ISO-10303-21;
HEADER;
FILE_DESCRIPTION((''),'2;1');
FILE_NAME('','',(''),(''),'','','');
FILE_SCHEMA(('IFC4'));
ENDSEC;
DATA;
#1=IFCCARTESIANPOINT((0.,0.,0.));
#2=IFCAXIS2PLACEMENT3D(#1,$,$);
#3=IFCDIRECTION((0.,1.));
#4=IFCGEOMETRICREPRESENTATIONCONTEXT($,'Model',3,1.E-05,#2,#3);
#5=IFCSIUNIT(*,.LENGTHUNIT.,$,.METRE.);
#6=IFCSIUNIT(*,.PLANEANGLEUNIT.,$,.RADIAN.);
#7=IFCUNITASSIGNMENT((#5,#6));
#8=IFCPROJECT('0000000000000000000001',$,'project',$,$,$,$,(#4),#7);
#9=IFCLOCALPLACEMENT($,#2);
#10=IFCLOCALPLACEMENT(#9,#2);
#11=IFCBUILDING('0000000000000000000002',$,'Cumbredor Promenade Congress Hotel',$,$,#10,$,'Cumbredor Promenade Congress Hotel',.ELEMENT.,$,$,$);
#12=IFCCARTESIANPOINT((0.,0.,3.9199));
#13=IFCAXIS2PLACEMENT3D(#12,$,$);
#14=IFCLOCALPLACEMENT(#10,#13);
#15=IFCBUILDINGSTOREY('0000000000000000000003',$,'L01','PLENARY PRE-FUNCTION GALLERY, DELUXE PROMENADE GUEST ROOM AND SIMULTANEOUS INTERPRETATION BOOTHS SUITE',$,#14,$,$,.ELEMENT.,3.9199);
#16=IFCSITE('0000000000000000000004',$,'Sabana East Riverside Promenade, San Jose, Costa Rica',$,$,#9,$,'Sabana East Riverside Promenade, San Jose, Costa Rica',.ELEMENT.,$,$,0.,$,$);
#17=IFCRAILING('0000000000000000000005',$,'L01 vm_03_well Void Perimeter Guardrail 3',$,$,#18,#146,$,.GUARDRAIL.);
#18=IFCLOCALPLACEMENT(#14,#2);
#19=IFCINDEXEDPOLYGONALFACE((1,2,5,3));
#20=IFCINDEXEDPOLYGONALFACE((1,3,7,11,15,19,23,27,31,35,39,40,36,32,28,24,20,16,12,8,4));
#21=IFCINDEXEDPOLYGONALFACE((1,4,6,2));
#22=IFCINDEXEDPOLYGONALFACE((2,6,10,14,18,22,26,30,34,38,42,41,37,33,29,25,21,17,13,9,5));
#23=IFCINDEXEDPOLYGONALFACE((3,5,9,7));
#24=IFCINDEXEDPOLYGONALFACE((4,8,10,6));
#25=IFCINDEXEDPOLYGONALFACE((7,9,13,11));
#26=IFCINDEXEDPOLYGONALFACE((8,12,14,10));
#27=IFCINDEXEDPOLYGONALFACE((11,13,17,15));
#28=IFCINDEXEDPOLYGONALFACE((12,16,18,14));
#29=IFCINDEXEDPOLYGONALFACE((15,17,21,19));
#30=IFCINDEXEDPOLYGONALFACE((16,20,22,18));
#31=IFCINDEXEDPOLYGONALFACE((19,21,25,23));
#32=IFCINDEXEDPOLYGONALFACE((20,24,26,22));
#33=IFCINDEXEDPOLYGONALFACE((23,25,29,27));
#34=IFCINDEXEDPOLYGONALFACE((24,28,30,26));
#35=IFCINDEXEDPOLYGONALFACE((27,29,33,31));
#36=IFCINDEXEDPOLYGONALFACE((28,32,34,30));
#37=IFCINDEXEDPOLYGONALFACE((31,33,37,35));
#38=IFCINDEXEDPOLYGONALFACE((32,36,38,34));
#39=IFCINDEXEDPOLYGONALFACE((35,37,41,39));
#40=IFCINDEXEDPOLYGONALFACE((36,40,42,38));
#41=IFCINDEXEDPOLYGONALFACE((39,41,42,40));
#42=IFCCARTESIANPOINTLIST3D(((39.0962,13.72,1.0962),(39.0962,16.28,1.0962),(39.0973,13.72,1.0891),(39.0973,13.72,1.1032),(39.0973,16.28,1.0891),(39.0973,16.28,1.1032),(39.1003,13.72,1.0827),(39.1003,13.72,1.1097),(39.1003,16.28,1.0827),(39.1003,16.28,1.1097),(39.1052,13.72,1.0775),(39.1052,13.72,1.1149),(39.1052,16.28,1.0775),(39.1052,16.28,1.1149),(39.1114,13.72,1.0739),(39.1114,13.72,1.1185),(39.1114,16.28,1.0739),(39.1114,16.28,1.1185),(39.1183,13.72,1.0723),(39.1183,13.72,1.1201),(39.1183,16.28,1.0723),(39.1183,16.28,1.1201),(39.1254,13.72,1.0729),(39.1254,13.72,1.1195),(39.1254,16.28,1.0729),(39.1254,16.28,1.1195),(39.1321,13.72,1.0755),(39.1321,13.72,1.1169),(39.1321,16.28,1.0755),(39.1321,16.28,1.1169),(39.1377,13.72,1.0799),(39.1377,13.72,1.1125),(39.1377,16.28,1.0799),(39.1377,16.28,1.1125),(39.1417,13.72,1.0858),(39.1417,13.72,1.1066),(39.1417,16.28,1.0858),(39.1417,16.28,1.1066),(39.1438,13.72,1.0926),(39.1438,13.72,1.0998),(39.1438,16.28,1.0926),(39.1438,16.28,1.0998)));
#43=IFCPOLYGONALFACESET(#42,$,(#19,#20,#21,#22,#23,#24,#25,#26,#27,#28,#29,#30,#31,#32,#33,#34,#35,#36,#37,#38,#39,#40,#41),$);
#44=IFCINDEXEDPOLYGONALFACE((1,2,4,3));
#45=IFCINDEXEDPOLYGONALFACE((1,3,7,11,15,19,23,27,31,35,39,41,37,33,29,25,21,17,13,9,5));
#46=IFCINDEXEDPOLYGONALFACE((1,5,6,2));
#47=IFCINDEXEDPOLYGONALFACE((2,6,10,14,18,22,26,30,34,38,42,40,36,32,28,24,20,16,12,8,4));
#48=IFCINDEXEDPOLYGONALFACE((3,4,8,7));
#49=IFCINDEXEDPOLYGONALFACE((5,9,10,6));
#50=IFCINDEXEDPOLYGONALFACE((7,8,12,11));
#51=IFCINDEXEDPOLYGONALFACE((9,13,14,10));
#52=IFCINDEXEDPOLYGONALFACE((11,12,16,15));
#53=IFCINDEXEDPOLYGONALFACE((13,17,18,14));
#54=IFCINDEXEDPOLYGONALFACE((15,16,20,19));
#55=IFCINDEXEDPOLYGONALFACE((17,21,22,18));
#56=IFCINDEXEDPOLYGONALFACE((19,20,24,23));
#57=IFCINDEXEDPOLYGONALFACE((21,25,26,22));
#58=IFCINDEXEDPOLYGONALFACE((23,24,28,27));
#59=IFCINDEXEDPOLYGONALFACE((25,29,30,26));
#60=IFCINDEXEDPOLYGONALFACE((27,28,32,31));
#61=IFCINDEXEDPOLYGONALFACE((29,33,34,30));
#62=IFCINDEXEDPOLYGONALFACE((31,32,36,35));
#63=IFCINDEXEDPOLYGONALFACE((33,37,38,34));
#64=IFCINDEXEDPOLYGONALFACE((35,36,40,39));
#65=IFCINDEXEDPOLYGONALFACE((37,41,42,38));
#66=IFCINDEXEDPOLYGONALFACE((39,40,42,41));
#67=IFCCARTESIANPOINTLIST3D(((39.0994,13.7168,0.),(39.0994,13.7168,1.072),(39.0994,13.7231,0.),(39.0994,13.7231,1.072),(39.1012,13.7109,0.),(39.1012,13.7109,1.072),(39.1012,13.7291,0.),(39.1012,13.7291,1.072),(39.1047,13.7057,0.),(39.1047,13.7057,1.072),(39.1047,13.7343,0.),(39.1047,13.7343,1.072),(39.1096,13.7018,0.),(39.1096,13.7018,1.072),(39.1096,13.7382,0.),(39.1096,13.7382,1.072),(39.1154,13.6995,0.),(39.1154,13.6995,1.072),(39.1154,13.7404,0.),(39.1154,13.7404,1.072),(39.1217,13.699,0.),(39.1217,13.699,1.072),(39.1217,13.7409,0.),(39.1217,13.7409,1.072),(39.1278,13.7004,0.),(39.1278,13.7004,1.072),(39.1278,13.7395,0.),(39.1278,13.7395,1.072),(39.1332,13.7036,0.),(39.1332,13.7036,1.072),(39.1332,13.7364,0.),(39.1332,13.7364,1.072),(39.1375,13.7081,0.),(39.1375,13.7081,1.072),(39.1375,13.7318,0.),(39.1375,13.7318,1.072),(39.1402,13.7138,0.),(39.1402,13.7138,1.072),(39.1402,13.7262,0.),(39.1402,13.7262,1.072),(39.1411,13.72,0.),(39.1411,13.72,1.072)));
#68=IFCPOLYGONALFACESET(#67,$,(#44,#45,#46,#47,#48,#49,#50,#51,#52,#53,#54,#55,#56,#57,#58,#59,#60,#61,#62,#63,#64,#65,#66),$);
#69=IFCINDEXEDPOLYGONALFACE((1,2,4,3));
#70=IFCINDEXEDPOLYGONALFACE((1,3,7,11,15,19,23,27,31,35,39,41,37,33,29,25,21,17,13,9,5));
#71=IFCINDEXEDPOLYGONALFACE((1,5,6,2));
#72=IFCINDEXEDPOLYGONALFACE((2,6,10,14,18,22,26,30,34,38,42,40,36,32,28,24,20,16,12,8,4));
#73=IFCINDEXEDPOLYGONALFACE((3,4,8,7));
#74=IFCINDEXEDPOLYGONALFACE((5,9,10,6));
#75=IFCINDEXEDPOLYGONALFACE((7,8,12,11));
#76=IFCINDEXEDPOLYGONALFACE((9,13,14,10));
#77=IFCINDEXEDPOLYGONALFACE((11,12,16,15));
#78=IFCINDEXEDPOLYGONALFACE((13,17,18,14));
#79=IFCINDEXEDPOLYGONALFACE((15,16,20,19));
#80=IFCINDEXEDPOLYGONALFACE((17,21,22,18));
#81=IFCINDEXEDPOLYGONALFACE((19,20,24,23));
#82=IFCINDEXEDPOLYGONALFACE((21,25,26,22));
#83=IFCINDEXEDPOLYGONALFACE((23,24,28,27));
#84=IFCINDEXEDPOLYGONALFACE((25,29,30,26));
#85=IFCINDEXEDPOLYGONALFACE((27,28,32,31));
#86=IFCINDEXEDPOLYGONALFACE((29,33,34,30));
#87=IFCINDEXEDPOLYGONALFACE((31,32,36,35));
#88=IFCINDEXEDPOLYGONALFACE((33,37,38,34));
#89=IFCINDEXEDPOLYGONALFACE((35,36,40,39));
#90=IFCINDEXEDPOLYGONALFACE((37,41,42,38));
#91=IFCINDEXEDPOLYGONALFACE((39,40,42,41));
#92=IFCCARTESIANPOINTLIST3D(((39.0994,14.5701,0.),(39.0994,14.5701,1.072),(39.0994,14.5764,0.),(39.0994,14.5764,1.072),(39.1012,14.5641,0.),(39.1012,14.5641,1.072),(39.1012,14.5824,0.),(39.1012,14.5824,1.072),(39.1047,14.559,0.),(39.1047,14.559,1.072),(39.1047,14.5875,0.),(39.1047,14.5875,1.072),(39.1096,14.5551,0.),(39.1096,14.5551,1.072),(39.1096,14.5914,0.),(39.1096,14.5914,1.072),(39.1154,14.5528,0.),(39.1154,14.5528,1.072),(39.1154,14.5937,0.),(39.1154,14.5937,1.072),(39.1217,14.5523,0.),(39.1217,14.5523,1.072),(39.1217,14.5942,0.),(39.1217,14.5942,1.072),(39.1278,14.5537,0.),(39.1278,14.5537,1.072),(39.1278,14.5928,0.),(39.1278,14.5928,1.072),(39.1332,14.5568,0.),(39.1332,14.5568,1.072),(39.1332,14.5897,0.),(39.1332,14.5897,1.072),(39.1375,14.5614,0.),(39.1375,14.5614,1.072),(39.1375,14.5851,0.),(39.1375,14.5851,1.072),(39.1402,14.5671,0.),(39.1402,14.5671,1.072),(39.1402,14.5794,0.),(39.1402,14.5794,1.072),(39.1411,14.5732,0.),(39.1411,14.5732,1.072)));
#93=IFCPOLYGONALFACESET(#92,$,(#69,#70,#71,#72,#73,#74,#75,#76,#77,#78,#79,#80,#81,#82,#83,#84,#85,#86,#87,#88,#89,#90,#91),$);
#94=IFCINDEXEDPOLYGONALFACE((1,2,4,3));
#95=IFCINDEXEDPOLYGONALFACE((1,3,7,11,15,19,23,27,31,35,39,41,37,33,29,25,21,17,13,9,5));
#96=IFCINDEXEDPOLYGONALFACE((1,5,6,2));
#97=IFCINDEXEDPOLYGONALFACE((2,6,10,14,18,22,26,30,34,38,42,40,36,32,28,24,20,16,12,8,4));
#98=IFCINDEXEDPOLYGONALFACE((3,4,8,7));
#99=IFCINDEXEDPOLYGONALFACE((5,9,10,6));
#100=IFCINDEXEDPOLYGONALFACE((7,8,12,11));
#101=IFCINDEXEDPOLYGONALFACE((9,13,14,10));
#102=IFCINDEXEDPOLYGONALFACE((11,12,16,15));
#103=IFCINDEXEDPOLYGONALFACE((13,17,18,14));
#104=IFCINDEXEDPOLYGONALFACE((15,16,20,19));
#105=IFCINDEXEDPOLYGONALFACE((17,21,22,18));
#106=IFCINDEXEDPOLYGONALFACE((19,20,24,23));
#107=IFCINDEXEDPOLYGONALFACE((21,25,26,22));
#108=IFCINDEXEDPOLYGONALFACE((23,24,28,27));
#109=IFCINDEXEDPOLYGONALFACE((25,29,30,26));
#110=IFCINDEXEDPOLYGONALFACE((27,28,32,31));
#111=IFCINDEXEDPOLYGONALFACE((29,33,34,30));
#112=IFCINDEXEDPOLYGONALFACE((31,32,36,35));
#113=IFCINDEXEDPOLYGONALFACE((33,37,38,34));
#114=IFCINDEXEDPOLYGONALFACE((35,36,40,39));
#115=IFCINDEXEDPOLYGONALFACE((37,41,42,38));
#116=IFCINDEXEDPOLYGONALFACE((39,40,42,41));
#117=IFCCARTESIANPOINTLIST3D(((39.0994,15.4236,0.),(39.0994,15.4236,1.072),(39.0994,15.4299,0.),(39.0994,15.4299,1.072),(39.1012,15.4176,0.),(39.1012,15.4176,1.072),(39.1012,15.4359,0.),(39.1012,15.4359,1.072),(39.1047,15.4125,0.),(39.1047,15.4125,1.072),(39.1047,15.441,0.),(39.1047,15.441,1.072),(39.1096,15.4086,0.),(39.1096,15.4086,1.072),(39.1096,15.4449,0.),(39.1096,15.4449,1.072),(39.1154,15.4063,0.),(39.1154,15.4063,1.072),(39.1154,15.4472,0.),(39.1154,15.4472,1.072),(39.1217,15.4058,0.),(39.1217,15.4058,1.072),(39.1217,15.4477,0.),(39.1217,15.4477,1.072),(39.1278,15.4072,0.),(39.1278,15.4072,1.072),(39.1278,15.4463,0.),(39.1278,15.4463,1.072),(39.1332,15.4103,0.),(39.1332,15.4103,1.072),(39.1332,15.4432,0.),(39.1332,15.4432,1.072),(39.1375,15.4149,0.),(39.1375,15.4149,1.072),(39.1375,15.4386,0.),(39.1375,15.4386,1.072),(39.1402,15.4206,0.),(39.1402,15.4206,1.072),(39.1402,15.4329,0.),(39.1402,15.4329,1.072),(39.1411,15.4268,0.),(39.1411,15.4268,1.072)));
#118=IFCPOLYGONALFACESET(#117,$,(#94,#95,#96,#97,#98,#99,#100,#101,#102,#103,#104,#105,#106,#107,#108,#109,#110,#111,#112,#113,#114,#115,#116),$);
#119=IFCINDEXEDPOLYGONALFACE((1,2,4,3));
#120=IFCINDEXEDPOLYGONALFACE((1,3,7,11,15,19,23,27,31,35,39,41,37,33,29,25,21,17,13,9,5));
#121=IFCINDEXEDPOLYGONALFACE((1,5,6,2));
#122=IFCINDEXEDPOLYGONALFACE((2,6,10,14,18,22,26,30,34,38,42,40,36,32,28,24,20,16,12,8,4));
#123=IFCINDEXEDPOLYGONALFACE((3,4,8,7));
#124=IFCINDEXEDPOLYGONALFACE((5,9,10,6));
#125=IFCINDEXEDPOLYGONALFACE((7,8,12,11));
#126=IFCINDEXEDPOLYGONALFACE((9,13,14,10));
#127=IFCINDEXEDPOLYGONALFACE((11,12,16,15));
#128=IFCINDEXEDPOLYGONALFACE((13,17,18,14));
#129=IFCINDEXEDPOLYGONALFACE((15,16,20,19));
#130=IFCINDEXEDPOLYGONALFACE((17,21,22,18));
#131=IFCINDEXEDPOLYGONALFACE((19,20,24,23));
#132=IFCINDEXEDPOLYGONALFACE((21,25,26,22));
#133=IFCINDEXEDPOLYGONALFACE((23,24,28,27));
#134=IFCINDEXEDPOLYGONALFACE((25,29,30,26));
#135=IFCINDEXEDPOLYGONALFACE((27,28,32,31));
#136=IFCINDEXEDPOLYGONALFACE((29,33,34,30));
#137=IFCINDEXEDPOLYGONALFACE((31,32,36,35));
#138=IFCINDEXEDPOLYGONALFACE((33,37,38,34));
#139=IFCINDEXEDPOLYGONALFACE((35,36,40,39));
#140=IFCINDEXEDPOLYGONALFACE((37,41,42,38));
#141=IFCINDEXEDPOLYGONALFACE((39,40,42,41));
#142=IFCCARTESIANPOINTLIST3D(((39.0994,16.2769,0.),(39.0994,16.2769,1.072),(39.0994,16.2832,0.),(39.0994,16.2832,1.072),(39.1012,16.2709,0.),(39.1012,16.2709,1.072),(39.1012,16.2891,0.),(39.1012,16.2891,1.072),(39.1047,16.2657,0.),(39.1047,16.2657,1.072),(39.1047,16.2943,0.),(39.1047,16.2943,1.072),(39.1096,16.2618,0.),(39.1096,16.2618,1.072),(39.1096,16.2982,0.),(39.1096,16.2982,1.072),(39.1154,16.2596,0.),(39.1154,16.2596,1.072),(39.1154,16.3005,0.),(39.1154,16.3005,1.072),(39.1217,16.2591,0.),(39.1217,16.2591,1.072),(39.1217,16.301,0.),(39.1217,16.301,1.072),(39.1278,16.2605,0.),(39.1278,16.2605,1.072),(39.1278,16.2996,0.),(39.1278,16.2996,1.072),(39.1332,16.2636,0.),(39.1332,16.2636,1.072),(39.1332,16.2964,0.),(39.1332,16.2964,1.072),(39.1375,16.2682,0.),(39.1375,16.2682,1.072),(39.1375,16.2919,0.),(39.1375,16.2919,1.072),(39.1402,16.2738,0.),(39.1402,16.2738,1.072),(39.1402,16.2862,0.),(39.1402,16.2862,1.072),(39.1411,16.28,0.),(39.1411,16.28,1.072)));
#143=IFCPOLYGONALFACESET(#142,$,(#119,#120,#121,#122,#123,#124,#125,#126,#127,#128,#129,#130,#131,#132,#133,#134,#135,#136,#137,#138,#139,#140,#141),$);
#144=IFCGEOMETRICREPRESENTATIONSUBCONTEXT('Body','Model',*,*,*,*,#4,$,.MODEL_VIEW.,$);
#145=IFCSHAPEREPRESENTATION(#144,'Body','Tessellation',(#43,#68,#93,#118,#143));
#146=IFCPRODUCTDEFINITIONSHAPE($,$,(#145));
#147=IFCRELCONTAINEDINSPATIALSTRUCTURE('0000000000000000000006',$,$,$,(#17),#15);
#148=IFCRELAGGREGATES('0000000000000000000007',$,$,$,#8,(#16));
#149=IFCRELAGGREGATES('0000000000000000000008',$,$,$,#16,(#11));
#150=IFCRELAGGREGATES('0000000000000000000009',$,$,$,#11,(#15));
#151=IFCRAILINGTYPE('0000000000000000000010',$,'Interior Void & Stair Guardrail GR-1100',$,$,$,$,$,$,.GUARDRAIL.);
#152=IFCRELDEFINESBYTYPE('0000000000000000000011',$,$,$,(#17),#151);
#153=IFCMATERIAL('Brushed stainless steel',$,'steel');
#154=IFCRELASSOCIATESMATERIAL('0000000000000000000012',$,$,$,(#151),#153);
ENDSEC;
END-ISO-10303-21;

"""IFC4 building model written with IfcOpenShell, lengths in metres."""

from ifc_helpers import new_model, si_unit, direction, frame, origin, origin_2d, place, context, subcontext, project, spatial, circle, extrude, material, type_object, element, save


model = new_model("IFC4")

# Units and contexts
model_context = context("Model", 3, precision=1e-05, world=origin(), true_north=direction((0.0, 1.0)))
body_context = subcontext(model_context, "Body", "Model", "MODEL_VIEW")
ifc_project = project(units=[si_unit("LENGTHUNIT", "METRE"), si_unit("PLANEANGLEUNIT", "RADIAN")], contexts=[model_context])

# Site, building, storey
site_placement = place(None, origin())
site = spatial("IfcSite", under=ifc_project, at=site_placement, Name="Sabana East Riverside Promenade, San Jose, Costa Rica", LongName="Sabana East Riverside Promenade, San Jose, Costa Rica", CompositionType="ELEMENT", RefElevation=0.0)
building_placement = place(site_placement, origin())
building = spatial("IfcBuilding", under=site, at=building_placement, Name="Cumbredor Promenade Congress Hotel", LongName="Cumbredor Promenade Congress Hotel", CompositionType="ELEMENT")
storey_placement = place(building_placement, frame((0.0, 0.0, 3.9199)))
storey = spatial("IfcBuildingStorey", under=building, at=storey_placement, Name="L01", Description="PLENARY PRE-FUNCTION GALLERY, DELUXE PROMENADE GUEST ROOM AND SIMULTANEOUS INTERPRETATION BOOTHS SUITE", CompositionType="ELEMENT", Elevation=3.9199)

# Shared definitions
ifc_material_1 = material(Name="Brushed stainless steel", Category="steel")

# Railing
railing_type_1 = type_object("IfcRailingType", Name="Interior Void & Stair Guardrail GR-1100", PredefinedType="GUARDRAIL", material=ifc_material_1)
railing_1_placement = place(storey_placement, frame((39.1201, 13.72, 0.0)))
element("IfcRailing", 1, at=railing_1_placement, inside=storey, type_object=railing_type_1, Name="L01 vm_03_well Void Perimeter Guardrail 3", PredefinedType="GUARDRAIL", context=body_context, shape_type="SweptSolid", body=[
    extrude(circle(Radius=0.0239, at=origin_2d()), frame((0.0, 0.0, 1.0962), z_axis=(0.0, 1.0, 0.0), x_axis=(-1.0, 0.0, 0.0)), (0.0, 0.0, 1.0), 2.5601),
    extrude(circle(Radius=0.021, at=origin_2d()), origin(), (0.0, 0.0, 1.0), 1.072),
    extrude(circle(Radius=0.021, at=origin_2d()), frame((0.0, 0.8533, 0.0)), (0.0, 0.0, 1.0), 1.072),
    extrude(circle(Radius=0.021, at=origin_2d()), frame((0.0, 1.7068, 0.0)), (0.0, 0.0, 1.0), 1.072),
    extrude(circle(Radius=0.021, at=origin_2d()), frame((0.0, 2.5601, 0.0)), (0.0, 0.0, 1.0), 1.072),
])

save(model, "model.ifc")
